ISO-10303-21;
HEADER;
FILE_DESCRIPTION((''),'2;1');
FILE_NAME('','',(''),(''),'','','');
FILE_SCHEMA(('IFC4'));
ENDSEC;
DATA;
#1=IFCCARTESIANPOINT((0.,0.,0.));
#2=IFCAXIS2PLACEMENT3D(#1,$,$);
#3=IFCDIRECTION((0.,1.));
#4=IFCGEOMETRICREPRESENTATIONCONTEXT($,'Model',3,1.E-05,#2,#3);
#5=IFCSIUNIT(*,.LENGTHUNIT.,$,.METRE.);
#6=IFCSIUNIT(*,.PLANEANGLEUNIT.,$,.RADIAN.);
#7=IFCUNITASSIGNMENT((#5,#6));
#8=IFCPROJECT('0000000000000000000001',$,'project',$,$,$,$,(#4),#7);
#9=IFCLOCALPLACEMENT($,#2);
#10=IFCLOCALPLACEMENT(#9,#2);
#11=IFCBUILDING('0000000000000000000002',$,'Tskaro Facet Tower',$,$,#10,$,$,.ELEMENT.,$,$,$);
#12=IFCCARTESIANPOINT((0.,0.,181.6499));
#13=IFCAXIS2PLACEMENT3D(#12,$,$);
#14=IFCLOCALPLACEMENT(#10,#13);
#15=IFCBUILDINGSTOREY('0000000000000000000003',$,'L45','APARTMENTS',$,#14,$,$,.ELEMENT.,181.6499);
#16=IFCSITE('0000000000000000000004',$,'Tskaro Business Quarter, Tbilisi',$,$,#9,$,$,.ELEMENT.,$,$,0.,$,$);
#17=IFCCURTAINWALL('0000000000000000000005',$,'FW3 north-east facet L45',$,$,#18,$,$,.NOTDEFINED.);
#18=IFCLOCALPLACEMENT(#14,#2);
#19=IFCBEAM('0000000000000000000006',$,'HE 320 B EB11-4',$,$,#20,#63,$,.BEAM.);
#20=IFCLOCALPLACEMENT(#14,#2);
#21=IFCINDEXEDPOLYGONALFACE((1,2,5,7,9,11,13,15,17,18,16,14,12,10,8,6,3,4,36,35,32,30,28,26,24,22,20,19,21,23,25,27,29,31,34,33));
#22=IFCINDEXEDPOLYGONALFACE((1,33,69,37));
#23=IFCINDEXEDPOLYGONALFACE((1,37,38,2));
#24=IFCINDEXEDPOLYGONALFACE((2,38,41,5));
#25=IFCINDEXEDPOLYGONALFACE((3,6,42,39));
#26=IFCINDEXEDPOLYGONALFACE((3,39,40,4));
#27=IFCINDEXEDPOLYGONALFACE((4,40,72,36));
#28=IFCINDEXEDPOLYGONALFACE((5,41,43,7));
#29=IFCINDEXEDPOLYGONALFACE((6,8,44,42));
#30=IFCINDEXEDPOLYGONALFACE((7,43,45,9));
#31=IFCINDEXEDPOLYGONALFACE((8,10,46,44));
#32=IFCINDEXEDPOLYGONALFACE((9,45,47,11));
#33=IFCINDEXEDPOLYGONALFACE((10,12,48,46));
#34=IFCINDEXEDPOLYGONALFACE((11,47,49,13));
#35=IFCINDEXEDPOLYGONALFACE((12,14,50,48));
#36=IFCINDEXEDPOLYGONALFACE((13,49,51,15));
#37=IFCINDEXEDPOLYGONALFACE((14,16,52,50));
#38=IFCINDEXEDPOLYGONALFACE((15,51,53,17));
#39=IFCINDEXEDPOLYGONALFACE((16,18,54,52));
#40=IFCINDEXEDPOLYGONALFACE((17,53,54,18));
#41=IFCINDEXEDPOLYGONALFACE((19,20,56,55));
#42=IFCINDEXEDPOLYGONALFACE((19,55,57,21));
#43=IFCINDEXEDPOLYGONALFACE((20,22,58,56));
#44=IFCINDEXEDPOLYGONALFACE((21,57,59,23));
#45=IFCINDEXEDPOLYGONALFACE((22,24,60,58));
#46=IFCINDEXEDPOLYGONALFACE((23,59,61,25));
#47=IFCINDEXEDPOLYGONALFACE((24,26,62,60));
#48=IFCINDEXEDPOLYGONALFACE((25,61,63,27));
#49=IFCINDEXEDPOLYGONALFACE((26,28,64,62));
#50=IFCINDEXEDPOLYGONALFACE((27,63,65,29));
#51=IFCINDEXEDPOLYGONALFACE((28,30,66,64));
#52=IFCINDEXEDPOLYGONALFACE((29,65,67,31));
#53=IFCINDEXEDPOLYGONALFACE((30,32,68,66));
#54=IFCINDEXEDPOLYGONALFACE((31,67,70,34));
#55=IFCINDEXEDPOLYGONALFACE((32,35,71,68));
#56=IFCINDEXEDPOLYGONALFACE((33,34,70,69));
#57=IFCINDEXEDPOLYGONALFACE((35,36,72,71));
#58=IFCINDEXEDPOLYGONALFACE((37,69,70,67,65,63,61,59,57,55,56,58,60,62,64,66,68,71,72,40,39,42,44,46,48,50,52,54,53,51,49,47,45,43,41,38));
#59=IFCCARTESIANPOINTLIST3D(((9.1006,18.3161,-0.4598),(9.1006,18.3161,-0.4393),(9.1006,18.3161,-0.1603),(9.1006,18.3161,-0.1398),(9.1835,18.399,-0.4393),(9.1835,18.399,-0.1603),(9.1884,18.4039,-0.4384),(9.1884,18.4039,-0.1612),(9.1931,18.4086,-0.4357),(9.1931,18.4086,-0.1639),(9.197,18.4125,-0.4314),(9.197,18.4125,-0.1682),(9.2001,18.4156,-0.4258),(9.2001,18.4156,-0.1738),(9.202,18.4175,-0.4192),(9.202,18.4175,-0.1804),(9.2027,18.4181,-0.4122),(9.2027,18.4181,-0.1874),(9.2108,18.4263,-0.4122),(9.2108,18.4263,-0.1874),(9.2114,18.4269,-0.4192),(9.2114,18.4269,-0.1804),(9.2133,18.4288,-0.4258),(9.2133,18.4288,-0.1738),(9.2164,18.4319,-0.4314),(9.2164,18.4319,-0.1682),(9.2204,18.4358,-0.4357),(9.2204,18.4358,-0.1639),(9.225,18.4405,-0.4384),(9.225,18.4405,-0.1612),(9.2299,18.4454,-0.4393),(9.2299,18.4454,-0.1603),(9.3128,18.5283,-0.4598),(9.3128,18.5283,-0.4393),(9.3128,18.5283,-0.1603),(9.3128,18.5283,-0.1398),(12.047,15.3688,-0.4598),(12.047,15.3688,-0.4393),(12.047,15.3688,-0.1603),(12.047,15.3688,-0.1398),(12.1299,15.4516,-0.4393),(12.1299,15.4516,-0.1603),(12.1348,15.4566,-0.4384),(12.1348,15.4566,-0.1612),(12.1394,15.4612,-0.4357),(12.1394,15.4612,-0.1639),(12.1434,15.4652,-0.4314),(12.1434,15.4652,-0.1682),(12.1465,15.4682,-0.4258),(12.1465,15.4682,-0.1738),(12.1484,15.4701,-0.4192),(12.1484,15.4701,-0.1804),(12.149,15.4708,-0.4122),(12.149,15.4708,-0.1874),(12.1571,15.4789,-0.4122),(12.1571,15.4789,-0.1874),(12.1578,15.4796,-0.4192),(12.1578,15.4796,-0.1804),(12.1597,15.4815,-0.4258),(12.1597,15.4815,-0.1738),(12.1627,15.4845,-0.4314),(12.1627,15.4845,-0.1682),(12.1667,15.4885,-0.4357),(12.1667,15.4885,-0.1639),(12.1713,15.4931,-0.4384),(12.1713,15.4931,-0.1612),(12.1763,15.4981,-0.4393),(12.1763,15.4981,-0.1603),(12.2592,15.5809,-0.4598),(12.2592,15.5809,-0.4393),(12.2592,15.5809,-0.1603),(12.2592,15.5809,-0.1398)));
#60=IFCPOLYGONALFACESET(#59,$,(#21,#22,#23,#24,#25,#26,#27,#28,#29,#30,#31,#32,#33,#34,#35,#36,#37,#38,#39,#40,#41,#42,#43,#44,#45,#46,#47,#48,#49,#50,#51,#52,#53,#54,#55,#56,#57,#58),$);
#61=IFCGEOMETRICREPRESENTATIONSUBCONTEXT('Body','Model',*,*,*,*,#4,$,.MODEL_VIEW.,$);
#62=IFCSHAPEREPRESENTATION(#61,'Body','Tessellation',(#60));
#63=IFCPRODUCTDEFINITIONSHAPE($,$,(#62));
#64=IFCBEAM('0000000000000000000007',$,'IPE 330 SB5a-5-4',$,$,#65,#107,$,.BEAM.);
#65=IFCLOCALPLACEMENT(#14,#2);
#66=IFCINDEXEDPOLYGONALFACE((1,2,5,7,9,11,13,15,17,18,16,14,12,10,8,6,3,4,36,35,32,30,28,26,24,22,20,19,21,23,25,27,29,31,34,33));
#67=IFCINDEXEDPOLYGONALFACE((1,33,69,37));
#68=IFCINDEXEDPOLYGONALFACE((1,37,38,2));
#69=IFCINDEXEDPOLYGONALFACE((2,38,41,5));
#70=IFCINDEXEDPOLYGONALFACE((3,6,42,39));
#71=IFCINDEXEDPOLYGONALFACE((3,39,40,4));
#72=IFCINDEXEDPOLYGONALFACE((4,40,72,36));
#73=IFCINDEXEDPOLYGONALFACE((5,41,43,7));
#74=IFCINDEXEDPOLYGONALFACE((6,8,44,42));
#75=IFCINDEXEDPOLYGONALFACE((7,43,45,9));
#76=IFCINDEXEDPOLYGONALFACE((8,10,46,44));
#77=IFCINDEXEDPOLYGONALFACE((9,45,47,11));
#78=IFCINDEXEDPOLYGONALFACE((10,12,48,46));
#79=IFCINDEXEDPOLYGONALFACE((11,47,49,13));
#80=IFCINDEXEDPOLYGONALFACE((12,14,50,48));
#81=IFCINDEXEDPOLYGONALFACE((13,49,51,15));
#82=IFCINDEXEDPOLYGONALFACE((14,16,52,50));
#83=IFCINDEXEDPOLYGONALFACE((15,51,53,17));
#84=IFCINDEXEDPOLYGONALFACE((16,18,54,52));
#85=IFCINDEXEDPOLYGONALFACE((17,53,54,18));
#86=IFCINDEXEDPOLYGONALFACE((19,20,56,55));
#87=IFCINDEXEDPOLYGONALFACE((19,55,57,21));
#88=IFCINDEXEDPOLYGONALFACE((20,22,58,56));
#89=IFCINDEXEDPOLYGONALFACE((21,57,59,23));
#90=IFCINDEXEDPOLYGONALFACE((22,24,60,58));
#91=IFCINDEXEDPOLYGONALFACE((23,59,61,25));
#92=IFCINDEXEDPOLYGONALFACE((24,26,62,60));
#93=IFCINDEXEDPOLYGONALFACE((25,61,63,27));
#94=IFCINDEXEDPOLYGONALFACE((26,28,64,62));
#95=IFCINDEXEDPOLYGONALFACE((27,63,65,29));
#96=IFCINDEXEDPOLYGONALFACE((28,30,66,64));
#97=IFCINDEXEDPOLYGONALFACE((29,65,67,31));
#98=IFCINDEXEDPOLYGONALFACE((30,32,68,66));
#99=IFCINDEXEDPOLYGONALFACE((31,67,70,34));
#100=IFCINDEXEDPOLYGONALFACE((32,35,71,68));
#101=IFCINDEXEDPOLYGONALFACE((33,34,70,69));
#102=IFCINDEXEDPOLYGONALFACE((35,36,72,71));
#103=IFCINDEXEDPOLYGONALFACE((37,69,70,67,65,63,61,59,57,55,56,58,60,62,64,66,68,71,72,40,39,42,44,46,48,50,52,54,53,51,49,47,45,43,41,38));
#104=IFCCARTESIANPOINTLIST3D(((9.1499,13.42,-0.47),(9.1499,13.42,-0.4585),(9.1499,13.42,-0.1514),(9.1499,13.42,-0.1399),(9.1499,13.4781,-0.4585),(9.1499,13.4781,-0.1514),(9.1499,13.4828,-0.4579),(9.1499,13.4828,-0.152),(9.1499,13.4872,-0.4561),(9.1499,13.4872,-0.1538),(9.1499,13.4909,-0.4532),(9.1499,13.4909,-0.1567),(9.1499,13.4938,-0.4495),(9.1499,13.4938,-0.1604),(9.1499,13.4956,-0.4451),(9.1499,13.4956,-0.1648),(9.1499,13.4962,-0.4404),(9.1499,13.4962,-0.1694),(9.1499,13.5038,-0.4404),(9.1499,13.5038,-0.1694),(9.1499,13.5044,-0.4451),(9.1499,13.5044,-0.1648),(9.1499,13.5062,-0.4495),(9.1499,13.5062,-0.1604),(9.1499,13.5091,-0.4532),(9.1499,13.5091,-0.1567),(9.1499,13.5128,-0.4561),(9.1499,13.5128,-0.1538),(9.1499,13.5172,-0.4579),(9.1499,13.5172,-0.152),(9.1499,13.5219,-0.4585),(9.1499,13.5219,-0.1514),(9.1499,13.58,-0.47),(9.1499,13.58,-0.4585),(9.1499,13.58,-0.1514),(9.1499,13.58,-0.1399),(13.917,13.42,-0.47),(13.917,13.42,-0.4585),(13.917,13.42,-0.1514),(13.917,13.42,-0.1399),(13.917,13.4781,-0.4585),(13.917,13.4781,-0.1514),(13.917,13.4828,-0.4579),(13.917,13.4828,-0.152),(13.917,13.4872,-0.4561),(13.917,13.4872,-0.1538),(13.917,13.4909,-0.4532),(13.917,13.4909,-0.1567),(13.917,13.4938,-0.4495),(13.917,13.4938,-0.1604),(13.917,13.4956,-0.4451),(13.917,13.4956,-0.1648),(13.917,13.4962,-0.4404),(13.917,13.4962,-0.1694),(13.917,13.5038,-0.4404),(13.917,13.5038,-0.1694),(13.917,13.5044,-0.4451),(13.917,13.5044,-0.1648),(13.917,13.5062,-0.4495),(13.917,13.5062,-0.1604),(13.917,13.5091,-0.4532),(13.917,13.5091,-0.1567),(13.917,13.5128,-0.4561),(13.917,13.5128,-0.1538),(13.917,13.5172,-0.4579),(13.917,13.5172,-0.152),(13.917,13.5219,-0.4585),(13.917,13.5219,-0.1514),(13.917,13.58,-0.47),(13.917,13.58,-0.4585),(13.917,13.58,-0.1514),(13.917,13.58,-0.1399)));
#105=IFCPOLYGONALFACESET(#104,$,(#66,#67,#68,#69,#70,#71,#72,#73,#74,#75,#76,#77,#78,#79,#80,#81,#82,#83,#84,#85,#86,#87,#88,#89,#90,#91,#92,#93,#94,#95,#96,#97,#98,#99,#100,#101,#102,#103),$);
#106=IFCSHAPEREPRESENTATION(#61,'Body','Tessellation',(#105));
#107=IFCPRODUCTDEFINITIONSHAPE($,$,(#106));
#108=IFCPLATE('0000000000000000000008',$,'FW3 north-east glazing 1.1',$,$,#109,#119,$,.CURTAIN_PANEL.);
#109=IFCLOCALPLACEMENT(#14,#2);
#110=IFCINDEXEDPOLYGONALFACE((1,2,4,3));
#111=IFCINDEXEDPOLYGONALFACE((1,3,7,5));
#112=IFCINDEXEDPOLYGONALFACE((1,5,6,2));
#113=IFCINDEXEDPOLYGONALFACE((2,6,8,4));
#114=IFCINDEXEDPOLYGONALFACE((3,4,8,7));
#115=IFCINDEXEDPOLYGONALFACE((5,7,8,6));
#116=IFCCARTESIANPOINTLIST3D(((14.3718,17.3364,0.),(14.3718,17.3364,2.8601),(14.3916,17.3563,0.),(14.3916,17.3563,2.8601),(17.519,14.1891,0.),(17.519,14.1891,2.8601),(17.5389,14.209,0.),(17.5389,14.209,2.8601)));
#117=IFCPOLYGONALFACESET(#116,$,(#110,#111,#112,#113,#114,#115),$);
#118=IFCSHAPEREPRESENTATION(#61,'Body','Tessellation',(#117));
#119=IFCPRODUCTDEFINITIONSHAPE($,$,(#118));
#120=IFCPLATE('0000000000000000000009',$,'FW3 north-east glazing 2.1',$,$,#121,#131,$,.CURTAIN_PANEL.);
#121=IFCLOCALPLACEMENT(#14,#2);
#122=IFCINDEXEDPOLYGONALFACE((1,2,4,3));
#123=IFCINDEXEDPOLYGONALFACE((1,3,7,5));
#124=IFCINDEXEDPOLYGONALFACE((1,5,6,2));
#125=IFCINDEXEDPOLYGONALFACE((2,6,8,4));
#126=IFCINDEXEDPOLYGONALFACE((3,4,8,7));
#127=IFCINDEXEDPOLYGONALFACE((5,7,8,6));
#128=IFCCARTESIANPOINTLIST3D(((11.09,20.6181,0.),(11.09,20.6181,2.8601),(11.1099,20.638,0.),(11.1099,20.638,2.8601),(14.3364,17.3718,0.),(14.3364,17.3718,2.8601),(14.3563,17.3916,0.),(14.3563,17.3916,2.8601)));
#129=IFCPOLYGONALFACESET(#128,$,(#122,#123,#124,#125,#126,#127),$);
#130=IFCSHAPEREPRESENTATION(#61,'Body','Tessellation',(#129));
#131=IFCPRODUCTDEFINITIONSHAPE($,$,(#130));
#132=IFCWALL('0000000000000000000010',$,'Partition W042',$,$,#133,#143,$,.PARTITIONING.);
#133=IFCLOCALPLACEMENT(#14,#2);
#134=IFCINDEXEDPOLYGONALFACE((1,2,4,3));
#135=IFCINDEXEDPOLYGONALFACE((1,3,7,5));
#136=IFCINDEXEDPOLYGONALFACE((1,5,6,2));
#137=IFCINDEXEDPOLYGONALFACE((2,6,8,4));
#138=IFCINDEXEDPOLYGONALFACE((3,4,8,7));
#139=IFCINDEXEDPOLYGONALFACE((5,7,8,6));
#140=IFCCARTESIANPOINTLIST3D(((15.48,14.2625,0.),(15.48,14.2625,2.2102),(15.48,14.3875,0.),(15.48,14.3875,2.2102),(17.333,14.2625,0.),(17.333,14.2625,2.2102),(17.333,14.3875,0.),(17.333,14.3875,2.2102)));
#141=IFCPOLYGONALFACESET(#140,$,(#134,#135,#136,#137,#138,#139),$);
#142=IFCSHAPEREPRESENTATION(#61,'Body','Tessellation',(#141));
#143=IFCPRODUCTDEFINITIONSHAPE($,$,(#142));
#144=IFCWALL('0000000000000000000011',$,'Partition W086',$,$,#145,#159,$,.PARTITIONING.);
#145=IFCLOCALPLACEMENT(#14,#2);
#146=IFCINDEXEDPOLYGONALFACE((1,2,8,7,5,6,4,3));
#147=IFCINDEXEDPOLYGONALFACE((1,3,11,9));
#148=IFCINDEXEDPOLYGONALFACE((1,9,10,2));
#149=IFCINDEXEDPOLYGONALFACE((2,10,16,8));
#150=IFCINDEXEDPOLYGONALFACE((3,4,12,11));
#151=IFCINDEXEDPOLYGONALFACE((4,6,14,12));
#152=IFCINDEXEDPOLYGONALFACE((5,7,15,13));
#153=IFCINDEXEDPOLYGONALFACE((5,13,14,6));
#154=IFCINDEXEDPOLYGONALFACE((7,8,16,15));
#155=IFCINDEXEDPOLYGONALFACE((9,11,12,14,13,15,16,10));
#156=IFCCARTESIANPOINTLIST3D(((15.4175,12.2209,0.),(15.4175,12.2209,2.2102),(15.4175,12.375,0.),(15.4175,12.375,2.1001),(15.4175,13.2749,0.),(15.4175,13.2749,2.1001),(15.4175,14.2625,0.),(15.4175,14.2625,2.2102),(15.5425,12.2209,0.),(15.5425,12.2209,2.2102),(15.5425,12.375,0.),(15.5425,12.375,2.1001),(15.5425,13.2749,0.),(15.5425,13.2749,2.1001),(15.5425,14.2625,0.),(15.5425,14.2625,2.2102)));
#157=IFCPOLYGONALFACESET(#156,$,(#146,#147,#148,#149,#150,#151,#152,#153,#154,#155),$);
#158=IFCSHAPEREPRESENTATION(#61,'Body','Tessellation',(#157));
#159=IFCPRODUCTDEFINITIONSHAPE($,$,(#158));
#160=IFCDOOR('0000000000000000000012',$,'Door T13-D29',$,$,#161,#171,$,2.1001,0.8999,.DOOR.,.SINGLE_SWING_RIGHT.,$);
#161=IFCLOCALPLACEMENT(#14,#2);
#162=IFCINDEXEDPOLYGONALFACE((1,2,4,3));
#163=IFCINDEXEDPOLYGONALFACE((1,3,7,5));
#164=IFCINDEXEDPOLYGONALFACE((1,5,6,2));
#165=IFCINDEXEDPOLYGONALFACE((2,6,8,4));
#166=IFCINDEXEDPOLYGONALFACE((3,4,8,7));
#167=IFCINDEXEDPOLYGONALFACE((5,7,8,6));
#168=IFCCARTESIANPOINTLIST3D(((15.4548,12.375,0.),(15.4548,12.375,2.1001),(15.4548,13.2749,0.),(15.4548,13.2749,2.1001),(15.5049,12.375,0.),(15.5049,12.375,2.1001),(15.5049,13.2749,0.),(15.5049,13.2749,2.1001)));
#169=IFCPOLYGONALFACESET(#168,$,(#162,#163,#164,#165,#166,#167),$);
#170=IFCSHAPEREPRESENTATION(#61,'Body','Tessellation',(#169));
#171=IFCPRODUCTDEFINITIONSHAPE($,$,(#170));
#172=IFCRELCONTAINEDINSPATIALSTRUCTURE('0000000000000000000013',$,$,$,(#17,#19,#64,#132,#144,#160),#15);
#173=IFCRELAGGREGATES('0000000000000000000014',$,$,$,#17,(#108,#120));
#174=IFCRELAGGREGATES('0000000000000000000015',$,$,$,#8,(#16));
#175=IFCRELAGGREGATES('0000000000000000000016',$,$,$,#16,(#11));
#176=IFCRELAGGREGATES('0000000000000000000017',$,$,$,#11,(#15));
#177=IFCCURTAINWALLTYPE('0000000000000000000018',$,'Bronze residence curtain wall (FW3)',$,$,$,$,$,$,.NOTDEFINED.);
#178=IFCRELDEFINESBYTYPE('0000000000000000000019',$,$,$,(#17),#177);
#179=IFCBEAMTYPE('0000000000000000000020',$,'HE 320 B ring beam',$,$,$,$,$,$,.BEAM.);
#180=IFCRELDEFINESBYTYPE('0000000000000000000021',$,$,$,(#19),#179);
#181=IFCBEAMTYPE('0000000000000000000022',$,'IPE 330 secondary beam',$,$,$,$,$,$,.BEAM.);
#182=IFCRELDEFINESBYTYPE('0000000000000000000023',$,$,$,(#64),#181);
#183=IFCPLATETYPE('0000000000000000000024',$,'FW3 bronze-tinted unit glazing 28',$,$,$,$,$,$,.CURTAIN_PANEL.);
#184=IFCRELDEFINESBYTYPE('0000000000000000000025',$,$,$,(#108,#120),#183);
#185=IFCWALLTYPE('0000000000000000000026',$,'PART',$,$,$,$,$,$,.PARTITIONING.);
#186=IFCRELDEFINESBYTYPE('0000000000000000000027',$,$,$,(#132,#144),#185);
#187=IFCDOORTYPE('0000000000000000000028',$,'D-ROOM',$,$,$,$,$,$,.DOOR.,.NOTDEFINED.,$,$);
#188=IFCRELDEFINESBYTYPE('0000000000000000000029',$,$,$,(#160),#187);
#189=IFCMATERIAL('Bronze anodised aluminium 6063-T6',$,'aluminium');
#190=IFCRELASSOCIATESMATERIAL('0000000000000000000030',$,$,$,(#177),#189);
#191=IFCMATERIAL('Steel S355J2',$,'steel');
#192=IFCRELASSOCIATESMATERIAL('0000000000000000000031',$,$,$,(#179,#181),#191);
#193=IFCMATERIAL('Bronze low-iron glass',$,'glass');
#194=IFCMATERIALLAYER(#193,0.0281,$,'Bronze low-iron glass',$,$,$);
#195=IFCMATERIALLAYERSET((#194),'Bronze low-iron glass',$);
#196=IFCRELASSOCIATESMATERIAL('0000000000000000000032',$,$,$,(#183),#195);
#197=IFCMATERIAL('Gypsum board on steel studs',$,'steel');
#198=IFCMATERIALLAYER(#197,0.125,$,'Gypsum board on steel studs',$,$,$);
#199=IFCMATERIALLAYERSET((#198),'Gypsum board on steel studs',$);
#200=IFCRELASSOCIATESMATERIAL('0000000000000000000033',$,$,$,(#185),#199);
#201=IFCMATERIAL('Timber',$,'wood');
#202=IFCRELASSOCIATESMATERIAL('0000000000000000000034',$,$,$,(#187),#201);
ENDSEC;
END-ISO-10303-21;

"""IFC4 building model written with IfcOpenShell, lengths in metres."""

from ifc_helpers import new_model, si_unit, direction, frame, frame_2d, origin, origin_2d, place, context, subcontext, project, spatial, rectangle, i_section, extrude, material, layer, layer_set, material_profile, profile_set, type_object, element, fill, aggregate, save


model = new_model("IFC4")

# Units and contexts
model_context = context("Model", 3, precision=1e-05, world=origin(), true_north=direction((0.0, 1.0)))
body_context = subcontext(model_context, "Body", "Model", "MODEL_VIEW")
ifc_project = project(units=[si_unit("LENGTHUNIT", "METRE"), si_unit("PLANEANGLEUNIT", "RADIAN")], contexts=[model_context])

# Site, building, storey
site_placement = place(None, origin())
site = spatial("IfcSite", under=ifc_project, at=site_placement, Name="Tskaro Business Quarter, Tbilisi", CompositionType="ELEMENT", RefElevation=0.0)
building_placement = place(site_placement, origin())
building = spatial("IfcBuilding", under=site, at=building_placement, Name="Tskaro Facet Tower", CompositionType="ELEMENT")
storey_placement = place(building_placement, frame((0.0, 0.0, 181.6499)))
storey = spatial("IfcBuildingStorey", under=building, at=storey_placement, Name="L45", Description="APARTMENTS", CompositionType="ELEMENT", Elevation=181.6499)

# Curtain wall
ifc_material_1 = material(Name="Bronze anodised aluminium 6063-T6", Category="aluminium")
curtain_wall_type = type_object("IfcCurtainWallType", Name="Bronze residence curtain wall (FW3)", PredefinedType="NOTDEFINED", material=ifc_material_1)
curtain_wall_1_placement = place(storey_placement, origin())
curtain_wall_1 = element("IfcCurtainWall", 1, at=curtain_wall_1_placement, inside=storey, type_object=curtain_wall_type, Name="FW3 north-east facet L45", PredefinedType="NOTDEFINED")

# Beams
ifc_material_2 = material(Name="Steel S355J2", Category="steel")
ifc_material_profile_1 = material_profile(ifc_material_2, i_section(OverallWidth=0.3, OverallDepth=0.3201, WebThickness=0.0115, FlangeThickness=0.0205, FilletRadius=0.0271, at=origin_2d()), Name="HE 320 B")
ifc_profile_set_1 = profile_set([ifc_material_profile_1], Name="Steel S355J2")
beam_type_1 = type_object("IfcBeamType", Name="HE 320 B ring beam", PredefinedType="BEAM", material=ifc_profile_set_1)
for number, where, z_axis, x_axis, name in (
    (2, (12.1531, 15.4749, -0.2998), (-0.70699, 0.707224, 0.0), (-0.707224, -0.70699, 0.0), "HE 320 B EB11-4"),
):
    element("IfcBeam", number, at=place(storey_placement, frame(where, z_axis=z_axis, x_axis=x_axis)), inside=storey, type_object=beam_type_1, Name=name, PredefinedType="BEAM", context=body_context, shape_type="SweptSolid", body=[
        extrude(i_section(OverallWidth=0.3, OverallDepth=0.3201, WebThickness=0.0115, FlangeThickness=0.0205, FilletRadius=0.0271, at=origin_2d()), origin(), (0.0, 0.0, 1.0), 4.1675),
    ])
ifc_material_profile_2 = material_profile(ifc_material_2, i_section(OverallWidth=0.1599, OverallDepth=0.3301, WebThickness=0.0076, FlangeThickness=0.0115, FilletRadius=0.0181, at=origin_2d()), Name="IPE 330")
ifc_profile_set_2 = profile_set([ifc_material_profile_2], Name="Steel S355J2")
beam_type_2 = type_object("IfcBeamType", Name="IPE 330 secondary beam", PredefinedType="BEAM", material=ifc_profile_set_2)
beam_placement = place(storey_placement, frame((9.1499, 13.5, -0.3049), z_axis=(1.0, 0.0, 0.0), x_axis=(0.0, 1.0, 0.0)))
element("IfcBeam", 3, at=beam_placement, inside=storey, type_object=beam_type_2, Name="IPE 330 SB5a-5-4", PredefinedType="BEAM", context=body_context, shape_type="SweptSolid", body=[
    extrude(i_section(OverallWidth=0.1599, OverallDepth=0.3301, WebThickness=0.0076, FlangeThickness=0.0115, FilletRadius=0.0181, at=origin_2d()), origin(), (0.0, 0.0, 1.0), 4.7671),
])

# Plates
ifc_material_3 = material(Name="Bronze low-iron glass", Category="glass")
ifc_layer_1 = layer(ifc_material_3, 0.0281, Name="Bronze low-iron glass")
ifc_layer_set_1 = layer_set([ifc_layer_1], Name="Bronze low-iron glass")
plate_type = type_object("IfcPlateType", Name="FW3 bronze-tinted unit glazing 28", PredefinedType="CURTAIN_PANEL", material=ifc_layer_set_1)
plate_1_placement = place(storey_placement, frame((15.9553, 15.7727, 0.0), z_axis=(0.0, 0.0, 1.0), x_axis=(-0.707107, 0.707107, 0.0)))
plate_1 = element("IfcPlate", 4, at=plate_1_placement, type_object=plate_type, Name="FW3 north-east glazing 1.1", PredefinedType="CURTAIN_PANEL", context=body_context, shape_type="SweptSolid", body=[
    extrude(rectangle(XDim=4.4509, YDim=0.0281, at=origin_2d()), origin(), (0.0, 0.0, 1.0), 2.8601),
])
plate_2_placement = place(storey_placement, frame((12.7231, 19.0049, 0.0), z_axis=(0.0, 0.0, 1.0), x_axis=(-0.707107, 0.707107, 0.0)))
plate_2 = element("IfcPlate", 5, at=plate_2_placement, type_object=plate_type, Name="FW3 north-east glazing 2.1", PredefinedType="CURTAIN_PANEL", context=body_context, shape_type="SweptSolid", body=[
    extrude(rectangle(XDim=4.5911, YDim=0.0281, at=origin_2d()), origin(), (0.0, 0.0, 1.0), 2.8601),
])
aggregate(curtain_wall_1, [plate_1, plate_2])

# Wall
ifc_material_4 = material(Name="Gypsum board on steel studs", Category="steel")
ifc_layer_2 = layer(ifc_material_4, 0.125, Name="Gypsum board on steel studs")
ifc_layer_set_2 = layer_set([ifc_layer_2], Name="Gypsum board on steel studs")
wall_type = type_object("IfcWallType", Name="PART", PredefinedType="PARTITIONING", material=ifc_layer_set_2)
wall_1_placement = place(storey_placement, frame((15.48, 14.325, 0.0), z_axis=(0.0, 0.0, 1.0), x_axis=(1.0, 0.0, 0.0)))
element("IfcWall", 6, at=wall_1_placement, inside=storey, type_object=wall_type, Name="Partition W042", PredefinedType="PARTITIONING", context=body_context, shape_type="SweptSolid", body=[
    extrude(rectangle(XDim=1.853, YDim=0.125, at=frame_2d((0.9265, 0.0))), origin(), (0.0, 0.0, 1.0), 2.2102),
])

# Wall, opening, door
wall_2_placement = place(storey_placement, frame((15.48, 14.2625, 0.0), z_axis=(0.0, 0.0, 1.0), x_axis=(0.0, -1.0, 0.0)))
wall_2 = element("IfcWall", 7, at=wall_2_placement, inside=storey, type_object=wall_type, Name="Partition W086", PredefinedType="PARTITIONING", context=body_context, shape_type="SweptSolid", body=[
    extrude(rectangle(XDim=2.0415, YDim=0.125, at=frame_2d((1.0208, 0.0))), origin(), (0.0, 0.0, 1.0), 2.2102),
])
opening_placement = place(wall_2_placement, frame((0.9875, 0.0, 0.0)))
opening = element("IfcOpeningElement", 8, at=opening_placement, cuts=wall_2, PredefinedType="OPENING", context=body_context, shape_type="SweptSolid", body=[
    extrude(rectangle(XDim=0.8999, YDim=2.1001, at=frame_2d((0.45, 1.05))), frame((0.0, 0.0725, 0.0), z_axis=(0.0, -1.0, 0.0), x_axis=(1.0, 0.0, 0.0)), (0.0, 0.0, 1.0), 0.145),
])
ifc_material_5 = material(Name="Timber", Category="wood")
door_type = type_object("IfcDoorType", Name="D-ROOM", OperationType="NOTDEFINED", PredefinedType="DOOR", material=ifc_material_5)
door_placement = place(opening_placement, origin())
door = element("IfcDoor", 9, at=door_placement, inside=storey, type_object=door_type, Name="Door T13-D29", OperationType="SINGLE_SWING_RIGHT", OverallHeight=2.1001, OverallWidth=0.8999, PredefinedType="DOOR", context=body_context, shape_type="SweptSolid", body=[
    extrude(rectangle(XDim=0.8999, YDim=2.1001, at=frame_2d((0.45, 1.05))), frame((0.0, 0.0249, 0.0), z_axis=(0.0, -1.0, 0.0), x_axis=(1.0, 0.0, 0.0)), (0.0, 0.0, 1.0), 0.05),
])
fill(opening, door)

save(model, "model.ifc")
